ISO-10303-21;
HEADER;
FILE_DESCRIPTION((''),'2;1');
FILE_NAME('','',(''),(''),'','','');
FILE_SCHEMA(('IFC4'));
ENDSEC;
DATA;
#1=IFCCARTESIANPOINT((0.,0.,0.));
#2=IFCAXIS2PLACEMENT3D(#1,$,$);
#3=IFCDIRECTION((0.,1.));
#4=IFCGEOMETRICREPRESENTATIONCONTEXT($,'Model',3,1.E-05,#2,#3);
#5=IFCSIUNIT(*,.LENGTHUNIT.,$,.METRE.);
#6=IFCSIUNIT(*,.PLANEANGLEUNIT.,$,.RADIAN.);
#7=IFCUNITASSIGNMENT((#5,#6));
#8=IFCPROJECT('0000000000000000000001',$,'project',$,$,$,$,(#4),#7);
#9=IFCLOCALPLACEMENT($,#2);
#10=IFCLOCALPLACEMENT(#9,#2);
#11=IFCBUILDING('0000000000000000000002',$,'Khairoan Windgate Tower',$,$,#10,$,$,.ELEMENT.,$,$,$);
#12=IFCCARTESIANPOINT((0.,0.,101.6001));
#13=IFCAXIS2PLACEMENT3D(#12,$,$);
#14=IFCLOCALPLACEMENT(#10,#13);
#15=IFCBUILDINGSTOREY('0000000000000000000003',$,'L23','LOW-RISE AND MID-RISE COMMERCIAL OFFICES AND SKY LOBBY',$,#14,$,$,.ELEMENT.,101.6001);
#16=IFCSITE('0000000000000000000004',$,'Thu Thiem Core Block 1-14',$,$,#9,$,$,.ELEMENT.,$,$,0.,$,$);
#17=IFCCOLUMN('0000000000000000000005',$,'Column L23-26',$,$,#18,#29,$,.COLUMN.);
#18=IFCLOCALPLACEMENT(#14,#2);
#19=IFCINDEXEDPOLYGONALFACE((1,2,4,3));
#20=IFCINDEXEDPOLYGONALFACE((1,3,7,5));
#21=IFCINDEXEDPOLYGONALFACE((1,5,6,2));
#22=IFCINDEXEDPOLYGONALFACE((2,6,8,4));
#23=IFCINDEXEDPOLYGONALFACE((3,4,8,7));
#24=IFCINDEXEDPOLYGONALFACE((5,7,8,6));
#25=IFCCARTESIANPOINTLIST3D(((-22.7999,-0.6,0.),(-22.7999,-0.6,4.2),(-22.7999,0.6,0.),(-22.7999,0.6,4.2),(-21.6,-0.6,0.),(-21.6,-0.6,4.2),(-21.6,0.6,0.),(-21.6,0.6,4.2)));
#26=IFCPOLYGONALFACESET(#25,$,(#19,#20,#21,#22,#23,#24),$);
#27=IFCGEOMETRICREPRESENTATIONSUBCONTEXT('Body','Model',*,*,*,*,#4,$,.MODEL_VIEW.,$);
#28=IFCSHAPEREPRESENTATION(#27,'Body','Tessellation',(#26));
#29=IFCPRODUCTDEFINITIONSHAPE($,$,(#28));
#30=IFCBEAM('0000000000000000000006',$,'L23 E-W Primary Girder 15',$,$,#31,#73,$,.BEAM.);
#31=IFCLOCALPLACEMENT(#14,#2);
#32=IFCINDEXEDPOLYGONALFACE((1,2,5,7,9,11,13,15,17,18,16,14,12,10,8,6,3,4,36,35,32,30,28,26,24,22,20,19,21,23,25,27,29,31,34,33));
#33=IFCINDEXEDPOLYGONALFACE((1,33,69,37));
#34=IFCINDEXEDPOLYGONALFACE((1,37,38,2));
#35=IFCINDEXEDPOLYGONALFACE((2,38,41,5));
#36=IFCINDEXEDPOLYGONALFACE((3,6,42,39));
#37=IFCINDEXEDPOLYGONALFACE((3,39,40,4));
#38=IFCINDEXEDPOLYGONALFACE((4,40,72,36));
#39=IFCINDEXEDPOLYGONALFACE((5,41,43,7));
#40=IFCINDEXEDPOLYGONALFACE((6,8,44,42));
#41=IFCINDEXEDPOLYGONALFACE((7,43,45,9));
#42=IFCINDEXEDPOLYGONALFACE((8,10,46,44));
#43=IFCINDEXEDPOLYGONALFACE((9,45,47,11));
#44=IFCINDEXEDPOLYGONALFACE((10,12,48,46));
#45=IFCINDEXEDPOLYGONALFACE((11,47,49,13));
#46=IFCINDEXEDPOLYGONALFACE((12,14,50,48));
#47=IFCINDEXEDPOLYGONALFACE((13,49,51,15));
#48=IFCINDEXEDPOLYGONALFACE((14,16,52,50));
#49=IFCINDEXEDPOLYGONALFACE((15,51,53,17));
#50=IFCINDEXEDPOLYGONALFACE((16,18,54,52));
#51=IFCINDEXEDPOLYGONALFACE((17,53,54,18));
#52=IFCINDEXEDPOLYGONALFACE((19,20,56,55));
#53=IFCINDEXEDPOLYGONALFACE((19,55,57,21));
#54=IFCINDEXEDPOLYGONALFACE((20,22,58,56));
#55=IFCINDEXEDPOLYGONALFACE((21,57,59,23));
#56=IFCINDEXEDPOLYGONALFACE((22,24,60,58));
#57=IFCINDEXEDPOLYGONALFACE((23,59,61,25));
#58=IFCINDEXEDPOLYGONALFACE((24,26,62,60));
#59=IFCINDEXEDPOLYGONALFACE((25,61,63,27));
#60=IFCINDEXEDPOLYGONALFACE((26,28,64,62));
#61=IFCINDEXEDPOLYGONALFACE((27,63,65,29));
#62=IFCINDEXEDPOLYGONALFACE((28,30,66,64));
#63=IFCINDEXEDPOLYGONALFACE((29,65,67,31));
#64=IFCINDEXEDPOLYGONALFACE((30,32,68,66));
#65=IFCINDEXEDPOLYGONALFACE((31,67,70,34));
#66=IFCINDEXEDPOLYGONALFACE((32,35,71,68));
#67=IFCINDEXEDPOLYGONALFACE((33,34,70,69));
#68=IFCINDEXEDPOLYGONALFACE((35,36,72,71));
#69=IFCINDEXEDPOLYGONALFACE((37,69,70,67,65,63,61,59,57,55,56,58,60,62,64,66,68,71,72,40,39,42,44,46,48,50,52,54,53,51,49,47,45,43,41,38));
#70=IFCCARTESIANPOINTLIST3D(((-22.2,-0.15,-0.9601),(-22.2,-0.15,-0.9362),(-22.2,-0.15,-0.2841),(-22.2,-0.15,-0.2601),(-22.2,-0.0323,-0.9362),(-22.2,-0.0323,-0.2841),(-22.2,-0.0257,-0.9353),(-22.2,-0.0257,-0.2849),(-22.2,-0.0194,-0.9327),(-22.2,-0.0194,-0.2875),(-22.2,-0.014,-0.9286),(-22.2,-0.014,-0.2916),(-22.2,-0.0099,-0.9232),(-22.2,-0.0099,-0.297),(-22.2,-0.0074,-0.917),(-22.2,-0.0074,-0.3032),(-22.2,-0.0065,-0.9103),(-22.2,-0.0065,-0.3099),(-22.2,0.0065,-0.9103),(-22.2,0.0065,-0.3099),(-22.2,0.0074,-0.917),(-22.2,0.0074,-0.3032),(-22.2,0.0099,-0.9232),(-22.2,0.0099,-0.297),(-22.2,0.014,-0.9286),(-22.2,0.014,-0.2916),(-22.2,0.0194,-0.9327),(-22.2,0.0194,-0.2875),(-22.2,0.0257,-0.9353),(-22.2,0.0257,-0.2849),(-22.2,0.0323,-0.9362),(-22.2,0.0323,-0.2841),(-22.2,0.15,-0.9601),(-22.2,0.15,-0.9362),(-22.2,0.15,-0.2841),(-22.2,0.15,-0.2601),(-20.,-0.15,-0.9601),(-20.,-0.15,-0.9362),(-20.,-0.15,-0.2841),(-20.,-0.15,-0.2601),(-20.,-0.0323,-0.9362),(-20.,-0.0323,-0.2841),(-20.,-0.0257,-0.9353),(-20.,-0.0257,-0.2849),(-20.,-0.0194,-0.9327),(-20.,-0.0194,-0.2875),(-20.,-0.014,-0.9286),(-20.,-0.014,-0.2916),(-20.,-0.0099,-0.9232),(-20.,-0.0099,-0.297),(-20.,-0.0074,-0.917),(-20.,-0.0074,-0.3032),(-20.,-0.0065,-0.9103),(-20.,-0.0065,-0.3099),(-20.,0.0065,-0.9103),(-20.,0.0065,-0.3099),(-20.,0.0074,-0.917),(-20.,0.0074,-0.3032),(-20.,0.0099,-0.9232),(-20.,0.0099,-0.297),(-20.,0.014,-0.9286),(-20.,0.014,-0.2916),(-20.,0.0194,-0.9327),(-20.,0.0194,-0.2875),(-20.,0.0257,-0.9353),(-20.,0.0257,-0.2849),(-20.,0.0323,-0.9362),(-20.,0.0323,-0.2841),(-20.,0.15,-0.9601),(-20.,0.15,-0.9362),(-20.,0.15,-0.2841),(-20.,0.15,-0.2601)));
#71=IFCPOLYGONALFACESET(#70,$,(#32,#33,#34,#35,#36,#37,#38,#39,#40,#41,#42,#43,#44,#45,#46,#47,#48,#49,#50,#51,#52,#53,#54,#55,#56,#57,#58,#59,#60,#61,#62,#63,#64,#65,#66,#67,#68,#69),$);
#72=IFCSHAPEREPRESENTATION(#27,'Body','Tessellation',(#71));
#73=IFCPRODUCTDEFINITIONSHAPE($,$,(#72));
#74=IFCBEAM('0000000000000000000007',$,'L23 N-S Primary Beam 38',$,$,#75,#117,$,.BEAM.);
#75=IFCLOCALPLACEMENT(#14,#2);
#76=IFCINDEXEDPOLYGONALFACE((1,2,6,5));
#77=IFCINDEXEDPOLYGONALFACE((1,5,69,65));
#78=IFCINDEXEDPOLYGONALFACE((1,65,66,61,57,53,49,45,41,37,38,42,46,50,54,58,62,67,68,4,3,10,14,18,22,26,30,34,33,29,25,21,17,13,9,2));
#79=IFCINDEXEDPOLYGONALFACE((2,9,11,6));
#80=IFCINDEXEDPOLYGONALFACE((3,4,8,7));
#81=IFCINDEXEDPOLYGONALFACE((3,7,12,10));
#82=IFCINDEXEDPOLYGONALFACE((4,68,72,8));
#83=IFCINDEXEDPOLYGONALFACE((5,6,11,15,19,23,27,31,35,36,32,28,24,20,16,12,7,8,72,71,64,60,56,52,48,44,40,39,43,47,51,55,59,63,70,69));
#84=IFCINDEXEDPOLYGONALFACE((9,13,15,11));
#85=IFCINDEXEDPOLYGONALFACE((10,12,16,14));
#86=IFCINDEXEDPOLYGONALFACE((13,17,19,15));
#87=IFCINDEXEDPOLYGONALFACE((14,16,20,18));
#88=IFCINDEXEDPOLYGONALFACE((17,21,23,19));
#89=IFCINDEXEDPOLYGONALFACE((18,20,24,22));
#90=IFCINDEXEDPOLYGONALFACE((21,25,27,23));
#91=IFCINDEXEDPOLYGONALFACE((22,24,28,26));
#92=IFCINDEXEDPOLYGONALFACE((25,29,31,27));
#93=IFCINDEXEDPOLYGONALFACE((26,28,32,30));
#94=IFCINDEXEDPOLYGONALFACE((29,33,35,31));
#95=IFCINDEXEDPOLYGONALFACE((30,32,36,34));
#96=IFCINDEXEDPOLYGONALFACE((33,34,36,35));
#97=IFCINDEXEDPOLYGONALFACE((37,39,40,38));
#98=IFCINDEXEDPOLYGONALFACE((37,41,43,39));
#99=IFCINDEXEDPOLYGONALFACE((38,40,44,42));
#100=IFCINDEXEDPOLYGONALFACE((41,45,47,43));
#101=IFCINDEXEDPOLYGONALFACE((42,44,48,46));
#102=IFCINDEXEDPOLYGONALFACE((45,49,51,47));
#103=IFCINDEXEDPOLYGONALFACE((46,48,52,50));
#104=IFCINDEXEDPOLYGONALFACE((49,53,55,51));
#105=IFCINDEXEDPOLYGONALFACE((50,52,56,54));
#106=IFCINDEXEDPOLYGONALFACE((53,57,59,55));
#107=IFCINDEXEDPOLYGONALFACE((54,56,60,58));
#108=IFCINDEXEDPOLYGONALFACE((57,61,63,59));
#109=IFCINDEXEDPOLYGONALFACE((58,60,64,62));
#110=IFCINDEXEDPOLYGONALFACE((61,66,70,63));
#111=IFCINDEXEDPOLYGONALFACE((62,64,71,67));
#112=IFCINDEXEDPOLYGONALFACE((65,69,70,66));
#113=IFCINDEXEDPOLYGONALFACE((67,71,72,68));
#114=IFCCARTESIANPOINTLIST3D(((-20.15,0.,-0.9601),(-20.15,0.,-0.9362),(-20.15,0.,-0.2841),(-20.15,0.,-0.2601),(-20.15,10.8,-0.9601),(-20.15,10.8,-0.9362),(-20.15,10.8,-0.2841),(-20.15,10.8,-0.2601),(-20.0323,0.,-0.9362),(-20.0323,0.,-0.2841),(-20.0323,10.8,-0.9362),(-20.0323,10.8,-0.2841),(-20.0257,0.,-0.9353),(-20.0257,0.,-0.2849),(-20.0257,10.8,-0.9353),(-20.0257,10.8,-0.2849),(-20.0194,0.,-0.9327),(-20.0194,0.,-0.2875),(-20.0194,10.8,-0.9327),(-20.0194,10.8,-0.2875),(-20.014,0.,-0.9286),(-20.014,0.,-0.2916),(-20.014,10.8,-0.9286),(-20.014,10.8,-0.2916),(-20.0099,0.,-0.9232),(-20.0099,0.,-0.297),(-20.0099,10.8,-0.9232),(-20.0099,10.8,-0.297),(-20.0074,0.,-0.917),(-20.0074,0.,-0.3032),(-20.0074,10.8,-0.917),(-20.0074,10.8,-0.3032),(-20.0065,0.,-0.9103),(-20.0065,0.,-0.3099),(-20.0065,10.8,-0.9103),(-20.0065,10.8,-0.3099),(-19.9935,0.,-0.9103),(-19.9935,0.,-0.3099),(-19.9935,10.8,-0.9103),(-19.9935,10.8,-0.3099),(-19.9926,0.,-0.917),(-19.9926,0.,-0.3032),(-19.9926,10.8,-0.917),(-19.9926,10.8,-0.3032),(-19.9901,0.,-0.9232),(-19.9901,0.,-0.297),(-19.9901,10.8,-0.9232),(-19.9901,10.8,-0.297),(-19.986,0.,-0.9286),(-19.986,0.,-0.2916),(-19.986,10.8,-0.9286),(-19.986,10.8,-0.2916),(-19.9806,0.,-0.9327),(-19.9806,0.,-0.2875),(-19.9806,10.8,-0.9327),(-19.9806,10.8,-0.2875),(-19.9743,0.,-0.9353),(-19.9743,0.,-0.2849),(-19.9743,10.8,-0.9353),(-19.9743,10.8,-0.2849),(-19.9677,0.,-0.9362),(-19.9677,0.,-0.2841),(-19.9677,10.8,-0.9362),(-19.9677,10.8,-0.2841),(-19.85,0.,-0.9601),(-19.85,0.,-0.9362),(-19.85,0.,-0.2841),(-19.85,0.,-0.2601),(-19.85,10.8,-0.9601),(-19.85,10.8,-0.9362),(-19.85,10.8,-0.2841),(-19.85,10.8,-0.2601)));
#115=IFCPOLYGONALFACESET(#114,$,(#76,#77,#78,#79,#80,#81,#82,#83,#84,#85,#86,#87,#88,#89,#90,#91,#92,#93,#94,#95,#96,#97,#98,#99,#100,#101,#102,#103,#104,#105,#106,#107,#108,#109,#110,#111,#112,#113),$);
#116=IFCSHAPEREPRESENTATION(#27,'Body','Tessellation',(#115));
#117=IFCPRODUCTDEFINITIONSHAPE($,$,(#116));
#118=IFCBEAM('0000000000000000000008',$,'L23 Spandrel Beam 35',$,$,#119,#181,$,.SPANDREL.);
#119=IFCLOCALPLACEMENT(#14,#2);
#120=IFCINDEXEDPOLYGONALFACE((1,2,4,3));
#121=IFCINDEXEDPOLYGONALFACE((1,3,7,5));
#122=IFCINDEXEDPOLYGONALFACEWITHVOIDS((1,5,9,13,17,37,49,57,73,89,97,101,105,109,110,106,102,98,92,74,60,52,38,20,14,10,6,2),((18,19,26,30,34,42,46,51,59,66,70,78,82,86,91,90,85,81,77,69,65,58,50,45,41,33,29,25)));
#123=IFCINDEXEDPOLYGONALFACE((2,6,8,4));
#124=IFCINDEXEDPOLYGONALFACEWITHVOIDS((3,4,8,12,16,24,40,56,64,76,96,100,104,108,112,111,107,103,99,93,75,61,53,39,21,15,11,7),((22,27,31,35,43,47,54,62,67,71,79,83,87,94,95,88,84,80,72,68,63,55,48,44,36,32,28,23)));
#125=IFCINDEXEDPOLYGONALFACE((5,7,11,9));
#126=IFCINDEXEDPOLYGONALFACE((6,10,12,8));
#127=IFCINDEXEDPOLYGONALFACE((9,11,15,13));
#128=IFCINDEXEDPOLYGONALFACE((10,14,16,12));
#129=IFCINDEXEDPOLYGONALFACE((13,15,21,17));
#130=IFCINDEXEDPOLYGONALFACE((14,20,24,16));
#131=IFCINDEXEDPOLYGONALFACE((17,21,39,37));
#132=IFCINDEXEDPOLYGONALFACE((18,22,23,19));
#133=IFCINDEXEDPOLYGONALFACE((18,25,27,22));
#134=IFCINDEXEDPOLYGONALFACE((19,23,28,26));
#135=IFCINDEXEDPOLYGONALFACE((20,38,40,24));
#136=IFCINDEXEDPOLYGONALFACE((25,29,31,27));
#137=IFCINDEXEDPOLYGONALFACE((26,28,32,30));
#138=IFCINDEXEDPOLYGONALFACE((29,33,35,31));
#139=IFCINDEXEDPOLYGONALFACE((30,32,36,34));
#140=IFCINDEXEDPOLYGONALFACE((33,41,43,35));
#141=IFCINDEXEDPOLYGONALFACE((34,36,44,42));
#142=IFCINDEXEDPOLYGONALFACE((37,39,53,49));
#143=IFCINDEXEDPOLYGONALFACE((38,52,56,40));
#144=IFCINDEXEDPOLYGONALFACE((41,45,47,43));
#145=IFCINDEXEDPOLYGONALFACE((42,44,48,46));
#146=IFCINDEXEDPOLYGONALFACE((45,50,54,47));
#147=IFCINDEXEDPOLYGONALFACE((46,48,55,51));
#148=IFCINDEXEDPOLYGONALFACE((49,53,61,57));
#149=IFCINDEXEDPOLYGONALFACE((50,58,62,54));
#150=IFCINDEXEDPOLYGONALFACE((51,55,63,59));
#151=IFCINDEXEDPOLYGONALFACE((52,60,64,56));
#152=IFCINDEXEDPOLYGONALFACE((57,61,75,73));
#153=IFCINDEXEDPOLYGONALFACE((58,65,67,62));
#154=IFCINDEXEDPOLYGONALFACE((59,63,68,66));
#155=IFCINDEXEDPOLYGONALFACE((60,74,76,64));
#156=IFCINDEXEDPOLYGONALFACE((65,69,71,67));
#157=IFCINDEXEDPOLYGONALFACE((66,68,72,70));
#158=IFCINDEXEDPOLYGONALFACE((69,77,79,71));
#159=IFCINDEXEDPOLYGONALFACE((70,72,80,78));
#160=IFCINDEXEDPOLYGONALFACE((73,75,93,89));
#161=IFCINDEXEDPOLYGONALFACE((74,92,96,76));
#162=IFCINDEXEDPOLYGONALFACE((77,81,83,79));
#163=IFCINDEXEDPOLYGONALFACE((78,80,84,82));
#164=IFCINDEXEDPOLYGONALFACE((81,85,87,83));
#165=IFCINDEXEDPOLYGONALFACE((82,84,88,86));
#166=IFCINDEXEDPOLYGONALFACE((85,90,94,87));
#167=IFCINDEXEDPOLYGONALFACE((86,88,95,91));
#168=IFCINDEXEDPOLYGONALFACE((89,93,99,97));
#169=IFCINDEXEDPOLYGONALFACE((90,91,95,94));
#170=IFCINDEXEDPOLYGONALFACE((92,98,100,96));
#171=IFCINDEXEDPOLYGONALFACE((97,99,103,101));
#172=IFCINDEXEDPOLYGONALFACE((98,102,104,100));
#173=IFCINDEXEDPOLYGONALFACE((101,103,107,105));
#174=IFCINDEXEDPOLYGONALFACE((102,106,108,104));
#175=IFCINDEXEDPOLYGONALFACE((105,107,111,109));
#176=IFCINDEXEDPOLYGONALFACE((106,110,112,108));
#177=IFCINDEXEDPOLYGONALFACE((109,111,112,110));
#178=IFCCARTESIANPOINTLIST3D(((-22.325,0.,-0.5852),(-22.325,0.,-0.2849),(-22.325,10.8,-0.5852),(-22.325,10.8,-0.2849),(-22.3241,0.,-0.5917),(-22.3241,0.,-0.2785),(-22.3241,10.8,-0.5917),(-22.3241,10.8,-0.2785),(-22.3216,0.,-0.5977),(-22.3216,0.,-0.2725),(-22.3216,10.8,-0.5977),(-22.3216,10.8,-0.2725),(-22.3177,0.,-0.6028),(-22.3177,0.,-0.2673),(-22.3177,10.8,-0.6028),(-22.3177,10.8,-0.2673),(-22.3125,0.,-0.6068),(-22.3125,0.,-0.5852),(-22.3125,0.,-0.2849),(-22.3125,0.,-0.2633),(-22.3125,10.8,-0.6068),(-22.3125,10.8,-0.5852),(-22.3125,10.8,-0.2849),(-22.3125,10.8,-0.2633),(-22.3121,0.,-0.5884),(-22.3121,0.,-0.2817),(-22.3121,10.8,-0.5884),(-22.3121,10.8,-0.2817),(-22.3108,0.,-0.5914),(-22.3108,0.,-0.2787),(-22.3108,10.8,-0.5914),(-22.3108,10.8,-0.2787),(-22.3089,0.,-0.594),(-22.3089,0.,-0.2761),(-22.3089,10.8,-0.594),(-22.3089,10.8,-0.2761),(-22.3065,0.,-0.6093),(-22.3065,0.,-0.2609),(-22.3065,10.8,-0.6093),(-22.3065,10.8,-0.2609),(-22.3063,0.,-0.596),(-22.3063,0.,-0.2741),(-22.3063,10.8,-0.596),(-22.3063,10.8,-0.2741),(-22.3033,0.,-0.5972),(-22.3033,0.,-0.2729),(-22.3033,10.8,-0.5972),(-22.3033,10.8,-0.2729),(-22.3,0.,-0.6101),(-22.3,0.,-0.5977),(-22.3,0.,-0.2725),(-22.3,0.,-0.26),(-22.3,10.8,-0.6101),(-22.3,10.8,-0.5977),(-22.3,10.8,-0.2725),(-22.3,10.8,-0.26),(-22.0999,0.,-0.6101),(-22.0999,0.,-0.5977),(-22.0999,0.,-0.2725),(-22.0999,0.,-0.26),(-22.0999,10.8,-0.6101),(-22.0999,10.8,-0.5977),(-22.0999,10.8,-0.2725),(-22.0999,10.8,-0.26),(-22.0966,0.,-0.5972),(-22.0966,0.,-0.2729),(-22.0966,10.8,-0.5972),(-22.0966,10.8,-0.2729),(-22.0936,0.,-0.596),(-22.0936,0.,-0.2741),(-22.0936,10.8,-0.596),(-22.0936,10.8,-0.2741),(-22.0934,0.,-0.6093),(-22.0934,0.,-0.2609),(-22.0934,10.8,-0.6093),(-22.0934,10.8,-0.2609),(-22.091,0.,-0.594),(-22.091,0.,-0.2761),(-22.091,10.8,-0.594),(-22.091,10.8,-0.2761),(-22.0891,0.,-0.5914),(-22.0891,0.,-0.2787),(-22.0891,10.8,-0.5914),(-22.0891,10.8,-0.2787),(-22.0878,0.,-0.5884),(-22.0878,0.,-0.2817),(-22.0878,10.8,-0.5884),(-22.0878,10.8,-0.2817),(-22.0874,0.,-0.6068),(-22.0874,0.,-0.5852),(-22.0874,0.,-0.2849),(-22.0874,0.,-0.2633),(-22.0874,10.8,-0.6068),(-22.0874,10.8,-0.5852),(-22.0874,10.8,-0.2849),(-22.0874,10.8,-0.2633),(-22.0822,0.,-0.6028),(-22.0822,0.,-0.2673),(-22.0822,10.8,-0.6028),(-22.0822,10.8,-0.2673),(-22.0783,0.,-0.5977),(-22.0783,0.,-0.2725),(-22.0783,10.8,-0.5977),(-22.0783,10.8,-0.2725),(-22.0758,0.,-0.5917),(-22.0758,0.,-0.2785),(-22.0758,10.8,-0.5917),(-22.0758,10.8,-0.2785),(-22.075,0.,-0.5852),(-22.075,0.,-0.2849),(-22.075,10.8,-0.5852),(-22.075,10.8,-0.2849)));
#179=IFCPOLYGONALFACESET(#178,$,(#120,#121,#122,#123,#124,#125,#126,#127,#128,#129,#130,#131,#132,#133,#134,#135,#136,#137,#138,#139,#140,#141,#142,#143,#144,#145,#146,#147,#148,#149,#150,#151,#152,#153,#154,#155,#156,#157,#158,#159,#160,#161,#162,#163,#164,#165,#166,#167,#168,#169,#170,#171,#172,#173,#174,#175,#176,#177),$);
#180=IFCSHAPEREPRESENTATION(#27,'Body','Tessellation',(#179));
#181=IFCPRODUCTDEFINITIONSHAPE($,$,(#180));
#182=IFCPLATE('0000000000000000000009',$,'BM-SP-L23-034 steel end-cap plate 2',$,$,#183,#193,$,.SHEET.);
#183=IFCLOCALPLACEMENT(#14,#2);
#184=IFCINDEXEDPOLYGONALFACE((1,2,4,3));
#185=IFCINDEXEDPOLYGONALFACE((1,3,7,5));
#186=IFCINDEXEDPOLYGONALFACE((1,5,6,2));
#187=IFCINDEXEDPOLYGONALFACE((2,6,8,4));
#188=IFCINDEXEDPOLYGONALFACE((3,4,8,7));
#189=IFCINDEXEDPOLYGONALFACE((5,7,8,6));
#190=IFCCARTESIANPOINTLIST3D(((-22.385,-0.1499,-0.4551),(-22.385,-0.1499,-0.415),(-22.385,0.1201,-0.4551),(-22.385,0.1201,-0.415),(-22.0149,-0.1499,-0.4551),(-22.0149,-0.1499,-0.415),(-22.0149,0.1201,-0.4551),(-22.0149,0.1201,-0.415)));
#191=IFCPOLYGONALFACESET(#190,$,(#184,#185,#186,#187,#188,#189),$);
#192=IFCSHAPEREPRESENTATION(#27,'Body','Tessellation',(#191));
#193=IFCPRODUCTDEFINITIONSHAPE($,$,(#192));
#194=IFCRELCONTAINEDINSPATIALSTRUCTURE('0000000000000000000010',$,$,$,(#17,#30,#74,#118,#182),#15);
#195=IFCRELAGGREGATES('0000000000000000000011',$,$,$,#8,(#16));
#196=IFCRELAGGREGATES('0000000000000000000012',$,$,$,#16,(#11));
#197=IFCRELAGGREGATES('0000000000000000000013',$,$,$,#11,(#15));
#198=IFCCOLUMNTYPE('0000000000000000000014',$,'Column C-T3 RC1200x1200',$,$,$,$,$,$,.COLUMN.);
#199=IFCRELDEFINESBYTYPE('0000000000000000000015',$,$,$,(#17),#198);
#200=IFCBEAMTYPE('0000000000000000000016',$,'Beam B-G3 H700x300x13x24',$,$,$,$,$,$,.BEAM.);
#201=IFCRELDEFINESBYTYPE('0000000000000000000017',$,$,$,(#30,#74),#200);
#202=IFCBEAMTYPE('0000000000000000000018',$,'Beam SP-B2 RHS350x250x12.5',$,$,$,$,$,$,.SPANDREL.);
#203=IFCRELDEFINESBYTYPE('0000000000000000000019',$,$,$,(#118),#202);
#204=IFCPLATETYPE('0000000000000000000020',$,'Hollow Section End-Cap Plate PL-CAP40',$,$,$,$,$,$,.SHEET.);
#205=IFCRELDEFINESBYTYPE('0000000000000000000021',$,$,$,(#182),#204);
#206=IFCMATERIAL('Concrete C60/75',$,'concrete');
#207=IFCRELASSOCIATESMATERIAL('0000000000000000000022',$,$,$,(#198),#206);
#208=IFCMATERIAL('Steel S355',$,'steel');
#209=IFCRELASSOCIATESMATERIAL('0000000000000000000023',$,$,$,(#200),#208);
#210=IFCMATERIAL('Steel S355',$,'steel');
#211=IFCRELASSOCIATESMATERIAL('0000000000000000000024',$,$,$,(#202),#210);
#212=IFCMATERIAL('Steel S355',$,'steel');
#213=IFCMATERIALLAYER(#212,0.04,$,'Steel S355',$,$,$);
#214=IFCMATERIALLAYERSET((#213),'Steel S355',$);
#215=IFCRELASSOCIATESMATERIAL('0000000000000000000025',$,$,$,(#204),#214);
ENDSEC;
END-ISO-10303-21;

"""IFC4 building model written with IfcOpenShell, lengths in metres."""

from ifc_helpers import new_model, si_unit, direction, frame, origin, origin_2d, place, context, subcontext, project, spatial, rectangle, hollow_rectangle, i_section, extrude, material, layer, layer_set, material_profile, profile_set, type_object, element, save


model = new_model("IFC4")

# Units and contexts
model_context = context("Model", 3, precision=1e-05, world=origin(), true_north=direction((0.0, 1.0)))
body_context = subcontext(model_context, "Body", "Model", "MODEL_VIEW")
ifc_project = project(units=[si_unit("LENGTHUNIT", "METRE"), si_unit("PLANEANGLEUNIT", "RADIAN")], contexts=[model_context])

# Site, building, storey
site_placement = place(None, origin())
site = spatial("IfcSite", under=ifc_project, at=site_placement, Name="Thu Thiem Core Block 1-14", CompositionType="ELEMENT", RefElevation=0.0)
building_placement = place(site_placement, origin())
building = spatial("IfcBuilding", under=site, at=building_placement, Name="Khairoan Windgate Tower", CompositionType="ELEMENT")
storey_placement = place(building_placement, frame((0.0, 0.0, 101.6001)))
storey = spatial("IfcBuildingStorey", under=building, at=storey_placement, Name="L23", Description="LOW-RISE AND MID-RISE COMMERCIAL OFFICES AND SKY LOBBY", CompositionType="ELEMENT", Elevation=101.6001)

# Column
ifc_material_1 = material(Name="Concrete C60/75", Category="concrete")
ifc_material_profile_1 = material_profile(ifc_material_1, rectangle(XDim=1.2, YDim=1.2, at=origin_2d()))
ifc_profile_set_1 = profile_set([ifc_material_profile_1], Name="Concrete C60/75")
column_type = type_object("IfcColumnType", Name="Column C-T3 RC1200x1200", PredefinedType="COLUMN", material=ifc_profile_set_1)
column_placement = place(storey_placement, frame((-22.2, 0.0, 0.0), z_axis=(0.0, 0.0, 1.0), x_axis=(1.0, 0.0, 0.0)))
element("IfcColumn", 1, at=column_placement, inside=storey, type_object=column_type, Name="Column L23-26", PredefinedType="COLUMN", context=body_context, shape_type="SweptSolid", body=[
    extrude(rectangle(XDim=1.2, YDim=1.2, at=origin_2d()), origin(), (0.0, 0.0, 1.0), 4.2),
])

# Beams
ifc_material_2 = material(Name="Steel S355", Category="steel")
ifc_material_profile_2 = material_profile(ifc_material_2, i_section(OverallWidth=0.3, OverallDepth=0.7, WebThickness=0.0129, FlangeThickness=0.0239, FilletRadius=0.0259, at=origin_2d()))
ifc_profile_set_2 = profile_set([ifc_material_profile_2], Name="Steel S355")
beam_type_1 = type_object("IfcBeamType", Name="Beam B-G3 H700x300x13x24", PredefinedType="BEAM", material=ifc_profile_set_2)
beam_1_placement = place(storey_placement, frame((-22.2, 0.0, -0.6101), z_axis=(1.0, 0.0, 0.0), x_axis=(0.0, 1.0, 0.0)))
element("IfcBeam", 2, at=beam_1_placement, inside=storey, type_object=beam_type_1, Name="L23 E-W Primary Girder 15", PredefinedType="BEAM", context=body_context, shape_type="SweptSolid", body=[
    extrude(i_section(OverallWidth=0.3, OverallDepth=0.7, WebThickness=0.0129, FlangeThickness=0.0239, FilletRadius=0.0259, at=origin_2d()), origin(), (0.0, 0.0, 1.0), 2.2),
])
beam_2_placement = place(storey_placement, frame((-20.0, 0.0, -0.6101), z_axis=(0.0, 1.0, 0.0), x_axis=(-1.0, 0.0, 0.0)))
element("IfcBeam", 3, at=beam_2_placement, inside=storey, type_object=beam_type_1, Name="L23 N-S Primary Beam 38", PredefinedType="BEAM", context=body_context, shape_type="SweptSolid", body=[
    extrude(i_section(OverallWidth=0.3, OverallDepth=0.7, WebThickness=0.0129, FlangeThickness=0.0239, FilletRadius=0.0259, at=origin_2d()), origin(), (0.0, 0.0, 1.0), 10.8),
])
ifc_material_3 = material(Name="Steel S355", Category="steel")
ifc_material_profile_3 = material_profile(ifc_material_3, hollow_rectangle(XDim=0.25, YDim=0.3501, WallThickness=0.0125, InnerFilletRadius=0.0125, OuterFilletRadius=0.0249, at=origin_2d()))
ifc_profile_set_3 = profile_set([ifc_material_profile_3], Name="Steel S355")
beam_type_2 = type_object("IfcBeamType", Name="Beam SP-B2 RHS350x250x12.5", PredefinedType="SPANDREL", material=ifc_profile_set_3)
beam_3_placement = place(storey_placement, frame((-22.2, 0.0, -0.4351), z_axis=(0.0, 1.0, 0.0), x_axis=(-1.0, 0.0, 0.0)))
element("IfcBeam", 4, at=beam_3_placement, inside=storey, type_object=beam_type_2, Name="L23 Spandrel Beam 35", PredefinedType="SPANDREL", context=body_context, shape_type="SweptSolid", body=[
    extrude(hollow_rectangle(XDim=0.25, YDim=0.3501, WallThickness=0.0125, InnerFilletRadius=0.0125, OuterFilletRadius=0.0249, at=origin_2d()), origin(), (0.0, 0.0, 1.0), 10.8),
])

# Plate
ifc_material_4 = material(Name="Steel S355", Category="steel")
ifc_layer_1 = layer(ifc_material_4, 0.04, Name="Steel S355")
ifc_layer_set_1 = layer_set([ifc_layer_1], Name="Steel S355")
plate_type = type_object("IfcPlateType", Name="Hollow Section End-Cap Plate PL-CAP40", PredefinedType="SHEET", material=ifc_layer_set_1)
plate_placement = place(storey_placement, frame((-22.2, -0.0149, -0.4551), z_axis=(0.0, 0.0, 1.0), x_axis=(0.0, 1.0, 0.0)))
element("IfcPlate", 5, at=plate_placement, inside=storey, type_object=plate_type, Name="BM-SP-L23-034 steel end-cap plate 2", PredefinedType="SHEET", context=body_context, shape_type="SweptSolid", body=[
    extrude(rectangle(XDim=0.27, YDim=0.3701, at=origin_2d()), origin(), (0.0, 0.0, 1.0), 0.04),
])

save(model, "model.ifc")
